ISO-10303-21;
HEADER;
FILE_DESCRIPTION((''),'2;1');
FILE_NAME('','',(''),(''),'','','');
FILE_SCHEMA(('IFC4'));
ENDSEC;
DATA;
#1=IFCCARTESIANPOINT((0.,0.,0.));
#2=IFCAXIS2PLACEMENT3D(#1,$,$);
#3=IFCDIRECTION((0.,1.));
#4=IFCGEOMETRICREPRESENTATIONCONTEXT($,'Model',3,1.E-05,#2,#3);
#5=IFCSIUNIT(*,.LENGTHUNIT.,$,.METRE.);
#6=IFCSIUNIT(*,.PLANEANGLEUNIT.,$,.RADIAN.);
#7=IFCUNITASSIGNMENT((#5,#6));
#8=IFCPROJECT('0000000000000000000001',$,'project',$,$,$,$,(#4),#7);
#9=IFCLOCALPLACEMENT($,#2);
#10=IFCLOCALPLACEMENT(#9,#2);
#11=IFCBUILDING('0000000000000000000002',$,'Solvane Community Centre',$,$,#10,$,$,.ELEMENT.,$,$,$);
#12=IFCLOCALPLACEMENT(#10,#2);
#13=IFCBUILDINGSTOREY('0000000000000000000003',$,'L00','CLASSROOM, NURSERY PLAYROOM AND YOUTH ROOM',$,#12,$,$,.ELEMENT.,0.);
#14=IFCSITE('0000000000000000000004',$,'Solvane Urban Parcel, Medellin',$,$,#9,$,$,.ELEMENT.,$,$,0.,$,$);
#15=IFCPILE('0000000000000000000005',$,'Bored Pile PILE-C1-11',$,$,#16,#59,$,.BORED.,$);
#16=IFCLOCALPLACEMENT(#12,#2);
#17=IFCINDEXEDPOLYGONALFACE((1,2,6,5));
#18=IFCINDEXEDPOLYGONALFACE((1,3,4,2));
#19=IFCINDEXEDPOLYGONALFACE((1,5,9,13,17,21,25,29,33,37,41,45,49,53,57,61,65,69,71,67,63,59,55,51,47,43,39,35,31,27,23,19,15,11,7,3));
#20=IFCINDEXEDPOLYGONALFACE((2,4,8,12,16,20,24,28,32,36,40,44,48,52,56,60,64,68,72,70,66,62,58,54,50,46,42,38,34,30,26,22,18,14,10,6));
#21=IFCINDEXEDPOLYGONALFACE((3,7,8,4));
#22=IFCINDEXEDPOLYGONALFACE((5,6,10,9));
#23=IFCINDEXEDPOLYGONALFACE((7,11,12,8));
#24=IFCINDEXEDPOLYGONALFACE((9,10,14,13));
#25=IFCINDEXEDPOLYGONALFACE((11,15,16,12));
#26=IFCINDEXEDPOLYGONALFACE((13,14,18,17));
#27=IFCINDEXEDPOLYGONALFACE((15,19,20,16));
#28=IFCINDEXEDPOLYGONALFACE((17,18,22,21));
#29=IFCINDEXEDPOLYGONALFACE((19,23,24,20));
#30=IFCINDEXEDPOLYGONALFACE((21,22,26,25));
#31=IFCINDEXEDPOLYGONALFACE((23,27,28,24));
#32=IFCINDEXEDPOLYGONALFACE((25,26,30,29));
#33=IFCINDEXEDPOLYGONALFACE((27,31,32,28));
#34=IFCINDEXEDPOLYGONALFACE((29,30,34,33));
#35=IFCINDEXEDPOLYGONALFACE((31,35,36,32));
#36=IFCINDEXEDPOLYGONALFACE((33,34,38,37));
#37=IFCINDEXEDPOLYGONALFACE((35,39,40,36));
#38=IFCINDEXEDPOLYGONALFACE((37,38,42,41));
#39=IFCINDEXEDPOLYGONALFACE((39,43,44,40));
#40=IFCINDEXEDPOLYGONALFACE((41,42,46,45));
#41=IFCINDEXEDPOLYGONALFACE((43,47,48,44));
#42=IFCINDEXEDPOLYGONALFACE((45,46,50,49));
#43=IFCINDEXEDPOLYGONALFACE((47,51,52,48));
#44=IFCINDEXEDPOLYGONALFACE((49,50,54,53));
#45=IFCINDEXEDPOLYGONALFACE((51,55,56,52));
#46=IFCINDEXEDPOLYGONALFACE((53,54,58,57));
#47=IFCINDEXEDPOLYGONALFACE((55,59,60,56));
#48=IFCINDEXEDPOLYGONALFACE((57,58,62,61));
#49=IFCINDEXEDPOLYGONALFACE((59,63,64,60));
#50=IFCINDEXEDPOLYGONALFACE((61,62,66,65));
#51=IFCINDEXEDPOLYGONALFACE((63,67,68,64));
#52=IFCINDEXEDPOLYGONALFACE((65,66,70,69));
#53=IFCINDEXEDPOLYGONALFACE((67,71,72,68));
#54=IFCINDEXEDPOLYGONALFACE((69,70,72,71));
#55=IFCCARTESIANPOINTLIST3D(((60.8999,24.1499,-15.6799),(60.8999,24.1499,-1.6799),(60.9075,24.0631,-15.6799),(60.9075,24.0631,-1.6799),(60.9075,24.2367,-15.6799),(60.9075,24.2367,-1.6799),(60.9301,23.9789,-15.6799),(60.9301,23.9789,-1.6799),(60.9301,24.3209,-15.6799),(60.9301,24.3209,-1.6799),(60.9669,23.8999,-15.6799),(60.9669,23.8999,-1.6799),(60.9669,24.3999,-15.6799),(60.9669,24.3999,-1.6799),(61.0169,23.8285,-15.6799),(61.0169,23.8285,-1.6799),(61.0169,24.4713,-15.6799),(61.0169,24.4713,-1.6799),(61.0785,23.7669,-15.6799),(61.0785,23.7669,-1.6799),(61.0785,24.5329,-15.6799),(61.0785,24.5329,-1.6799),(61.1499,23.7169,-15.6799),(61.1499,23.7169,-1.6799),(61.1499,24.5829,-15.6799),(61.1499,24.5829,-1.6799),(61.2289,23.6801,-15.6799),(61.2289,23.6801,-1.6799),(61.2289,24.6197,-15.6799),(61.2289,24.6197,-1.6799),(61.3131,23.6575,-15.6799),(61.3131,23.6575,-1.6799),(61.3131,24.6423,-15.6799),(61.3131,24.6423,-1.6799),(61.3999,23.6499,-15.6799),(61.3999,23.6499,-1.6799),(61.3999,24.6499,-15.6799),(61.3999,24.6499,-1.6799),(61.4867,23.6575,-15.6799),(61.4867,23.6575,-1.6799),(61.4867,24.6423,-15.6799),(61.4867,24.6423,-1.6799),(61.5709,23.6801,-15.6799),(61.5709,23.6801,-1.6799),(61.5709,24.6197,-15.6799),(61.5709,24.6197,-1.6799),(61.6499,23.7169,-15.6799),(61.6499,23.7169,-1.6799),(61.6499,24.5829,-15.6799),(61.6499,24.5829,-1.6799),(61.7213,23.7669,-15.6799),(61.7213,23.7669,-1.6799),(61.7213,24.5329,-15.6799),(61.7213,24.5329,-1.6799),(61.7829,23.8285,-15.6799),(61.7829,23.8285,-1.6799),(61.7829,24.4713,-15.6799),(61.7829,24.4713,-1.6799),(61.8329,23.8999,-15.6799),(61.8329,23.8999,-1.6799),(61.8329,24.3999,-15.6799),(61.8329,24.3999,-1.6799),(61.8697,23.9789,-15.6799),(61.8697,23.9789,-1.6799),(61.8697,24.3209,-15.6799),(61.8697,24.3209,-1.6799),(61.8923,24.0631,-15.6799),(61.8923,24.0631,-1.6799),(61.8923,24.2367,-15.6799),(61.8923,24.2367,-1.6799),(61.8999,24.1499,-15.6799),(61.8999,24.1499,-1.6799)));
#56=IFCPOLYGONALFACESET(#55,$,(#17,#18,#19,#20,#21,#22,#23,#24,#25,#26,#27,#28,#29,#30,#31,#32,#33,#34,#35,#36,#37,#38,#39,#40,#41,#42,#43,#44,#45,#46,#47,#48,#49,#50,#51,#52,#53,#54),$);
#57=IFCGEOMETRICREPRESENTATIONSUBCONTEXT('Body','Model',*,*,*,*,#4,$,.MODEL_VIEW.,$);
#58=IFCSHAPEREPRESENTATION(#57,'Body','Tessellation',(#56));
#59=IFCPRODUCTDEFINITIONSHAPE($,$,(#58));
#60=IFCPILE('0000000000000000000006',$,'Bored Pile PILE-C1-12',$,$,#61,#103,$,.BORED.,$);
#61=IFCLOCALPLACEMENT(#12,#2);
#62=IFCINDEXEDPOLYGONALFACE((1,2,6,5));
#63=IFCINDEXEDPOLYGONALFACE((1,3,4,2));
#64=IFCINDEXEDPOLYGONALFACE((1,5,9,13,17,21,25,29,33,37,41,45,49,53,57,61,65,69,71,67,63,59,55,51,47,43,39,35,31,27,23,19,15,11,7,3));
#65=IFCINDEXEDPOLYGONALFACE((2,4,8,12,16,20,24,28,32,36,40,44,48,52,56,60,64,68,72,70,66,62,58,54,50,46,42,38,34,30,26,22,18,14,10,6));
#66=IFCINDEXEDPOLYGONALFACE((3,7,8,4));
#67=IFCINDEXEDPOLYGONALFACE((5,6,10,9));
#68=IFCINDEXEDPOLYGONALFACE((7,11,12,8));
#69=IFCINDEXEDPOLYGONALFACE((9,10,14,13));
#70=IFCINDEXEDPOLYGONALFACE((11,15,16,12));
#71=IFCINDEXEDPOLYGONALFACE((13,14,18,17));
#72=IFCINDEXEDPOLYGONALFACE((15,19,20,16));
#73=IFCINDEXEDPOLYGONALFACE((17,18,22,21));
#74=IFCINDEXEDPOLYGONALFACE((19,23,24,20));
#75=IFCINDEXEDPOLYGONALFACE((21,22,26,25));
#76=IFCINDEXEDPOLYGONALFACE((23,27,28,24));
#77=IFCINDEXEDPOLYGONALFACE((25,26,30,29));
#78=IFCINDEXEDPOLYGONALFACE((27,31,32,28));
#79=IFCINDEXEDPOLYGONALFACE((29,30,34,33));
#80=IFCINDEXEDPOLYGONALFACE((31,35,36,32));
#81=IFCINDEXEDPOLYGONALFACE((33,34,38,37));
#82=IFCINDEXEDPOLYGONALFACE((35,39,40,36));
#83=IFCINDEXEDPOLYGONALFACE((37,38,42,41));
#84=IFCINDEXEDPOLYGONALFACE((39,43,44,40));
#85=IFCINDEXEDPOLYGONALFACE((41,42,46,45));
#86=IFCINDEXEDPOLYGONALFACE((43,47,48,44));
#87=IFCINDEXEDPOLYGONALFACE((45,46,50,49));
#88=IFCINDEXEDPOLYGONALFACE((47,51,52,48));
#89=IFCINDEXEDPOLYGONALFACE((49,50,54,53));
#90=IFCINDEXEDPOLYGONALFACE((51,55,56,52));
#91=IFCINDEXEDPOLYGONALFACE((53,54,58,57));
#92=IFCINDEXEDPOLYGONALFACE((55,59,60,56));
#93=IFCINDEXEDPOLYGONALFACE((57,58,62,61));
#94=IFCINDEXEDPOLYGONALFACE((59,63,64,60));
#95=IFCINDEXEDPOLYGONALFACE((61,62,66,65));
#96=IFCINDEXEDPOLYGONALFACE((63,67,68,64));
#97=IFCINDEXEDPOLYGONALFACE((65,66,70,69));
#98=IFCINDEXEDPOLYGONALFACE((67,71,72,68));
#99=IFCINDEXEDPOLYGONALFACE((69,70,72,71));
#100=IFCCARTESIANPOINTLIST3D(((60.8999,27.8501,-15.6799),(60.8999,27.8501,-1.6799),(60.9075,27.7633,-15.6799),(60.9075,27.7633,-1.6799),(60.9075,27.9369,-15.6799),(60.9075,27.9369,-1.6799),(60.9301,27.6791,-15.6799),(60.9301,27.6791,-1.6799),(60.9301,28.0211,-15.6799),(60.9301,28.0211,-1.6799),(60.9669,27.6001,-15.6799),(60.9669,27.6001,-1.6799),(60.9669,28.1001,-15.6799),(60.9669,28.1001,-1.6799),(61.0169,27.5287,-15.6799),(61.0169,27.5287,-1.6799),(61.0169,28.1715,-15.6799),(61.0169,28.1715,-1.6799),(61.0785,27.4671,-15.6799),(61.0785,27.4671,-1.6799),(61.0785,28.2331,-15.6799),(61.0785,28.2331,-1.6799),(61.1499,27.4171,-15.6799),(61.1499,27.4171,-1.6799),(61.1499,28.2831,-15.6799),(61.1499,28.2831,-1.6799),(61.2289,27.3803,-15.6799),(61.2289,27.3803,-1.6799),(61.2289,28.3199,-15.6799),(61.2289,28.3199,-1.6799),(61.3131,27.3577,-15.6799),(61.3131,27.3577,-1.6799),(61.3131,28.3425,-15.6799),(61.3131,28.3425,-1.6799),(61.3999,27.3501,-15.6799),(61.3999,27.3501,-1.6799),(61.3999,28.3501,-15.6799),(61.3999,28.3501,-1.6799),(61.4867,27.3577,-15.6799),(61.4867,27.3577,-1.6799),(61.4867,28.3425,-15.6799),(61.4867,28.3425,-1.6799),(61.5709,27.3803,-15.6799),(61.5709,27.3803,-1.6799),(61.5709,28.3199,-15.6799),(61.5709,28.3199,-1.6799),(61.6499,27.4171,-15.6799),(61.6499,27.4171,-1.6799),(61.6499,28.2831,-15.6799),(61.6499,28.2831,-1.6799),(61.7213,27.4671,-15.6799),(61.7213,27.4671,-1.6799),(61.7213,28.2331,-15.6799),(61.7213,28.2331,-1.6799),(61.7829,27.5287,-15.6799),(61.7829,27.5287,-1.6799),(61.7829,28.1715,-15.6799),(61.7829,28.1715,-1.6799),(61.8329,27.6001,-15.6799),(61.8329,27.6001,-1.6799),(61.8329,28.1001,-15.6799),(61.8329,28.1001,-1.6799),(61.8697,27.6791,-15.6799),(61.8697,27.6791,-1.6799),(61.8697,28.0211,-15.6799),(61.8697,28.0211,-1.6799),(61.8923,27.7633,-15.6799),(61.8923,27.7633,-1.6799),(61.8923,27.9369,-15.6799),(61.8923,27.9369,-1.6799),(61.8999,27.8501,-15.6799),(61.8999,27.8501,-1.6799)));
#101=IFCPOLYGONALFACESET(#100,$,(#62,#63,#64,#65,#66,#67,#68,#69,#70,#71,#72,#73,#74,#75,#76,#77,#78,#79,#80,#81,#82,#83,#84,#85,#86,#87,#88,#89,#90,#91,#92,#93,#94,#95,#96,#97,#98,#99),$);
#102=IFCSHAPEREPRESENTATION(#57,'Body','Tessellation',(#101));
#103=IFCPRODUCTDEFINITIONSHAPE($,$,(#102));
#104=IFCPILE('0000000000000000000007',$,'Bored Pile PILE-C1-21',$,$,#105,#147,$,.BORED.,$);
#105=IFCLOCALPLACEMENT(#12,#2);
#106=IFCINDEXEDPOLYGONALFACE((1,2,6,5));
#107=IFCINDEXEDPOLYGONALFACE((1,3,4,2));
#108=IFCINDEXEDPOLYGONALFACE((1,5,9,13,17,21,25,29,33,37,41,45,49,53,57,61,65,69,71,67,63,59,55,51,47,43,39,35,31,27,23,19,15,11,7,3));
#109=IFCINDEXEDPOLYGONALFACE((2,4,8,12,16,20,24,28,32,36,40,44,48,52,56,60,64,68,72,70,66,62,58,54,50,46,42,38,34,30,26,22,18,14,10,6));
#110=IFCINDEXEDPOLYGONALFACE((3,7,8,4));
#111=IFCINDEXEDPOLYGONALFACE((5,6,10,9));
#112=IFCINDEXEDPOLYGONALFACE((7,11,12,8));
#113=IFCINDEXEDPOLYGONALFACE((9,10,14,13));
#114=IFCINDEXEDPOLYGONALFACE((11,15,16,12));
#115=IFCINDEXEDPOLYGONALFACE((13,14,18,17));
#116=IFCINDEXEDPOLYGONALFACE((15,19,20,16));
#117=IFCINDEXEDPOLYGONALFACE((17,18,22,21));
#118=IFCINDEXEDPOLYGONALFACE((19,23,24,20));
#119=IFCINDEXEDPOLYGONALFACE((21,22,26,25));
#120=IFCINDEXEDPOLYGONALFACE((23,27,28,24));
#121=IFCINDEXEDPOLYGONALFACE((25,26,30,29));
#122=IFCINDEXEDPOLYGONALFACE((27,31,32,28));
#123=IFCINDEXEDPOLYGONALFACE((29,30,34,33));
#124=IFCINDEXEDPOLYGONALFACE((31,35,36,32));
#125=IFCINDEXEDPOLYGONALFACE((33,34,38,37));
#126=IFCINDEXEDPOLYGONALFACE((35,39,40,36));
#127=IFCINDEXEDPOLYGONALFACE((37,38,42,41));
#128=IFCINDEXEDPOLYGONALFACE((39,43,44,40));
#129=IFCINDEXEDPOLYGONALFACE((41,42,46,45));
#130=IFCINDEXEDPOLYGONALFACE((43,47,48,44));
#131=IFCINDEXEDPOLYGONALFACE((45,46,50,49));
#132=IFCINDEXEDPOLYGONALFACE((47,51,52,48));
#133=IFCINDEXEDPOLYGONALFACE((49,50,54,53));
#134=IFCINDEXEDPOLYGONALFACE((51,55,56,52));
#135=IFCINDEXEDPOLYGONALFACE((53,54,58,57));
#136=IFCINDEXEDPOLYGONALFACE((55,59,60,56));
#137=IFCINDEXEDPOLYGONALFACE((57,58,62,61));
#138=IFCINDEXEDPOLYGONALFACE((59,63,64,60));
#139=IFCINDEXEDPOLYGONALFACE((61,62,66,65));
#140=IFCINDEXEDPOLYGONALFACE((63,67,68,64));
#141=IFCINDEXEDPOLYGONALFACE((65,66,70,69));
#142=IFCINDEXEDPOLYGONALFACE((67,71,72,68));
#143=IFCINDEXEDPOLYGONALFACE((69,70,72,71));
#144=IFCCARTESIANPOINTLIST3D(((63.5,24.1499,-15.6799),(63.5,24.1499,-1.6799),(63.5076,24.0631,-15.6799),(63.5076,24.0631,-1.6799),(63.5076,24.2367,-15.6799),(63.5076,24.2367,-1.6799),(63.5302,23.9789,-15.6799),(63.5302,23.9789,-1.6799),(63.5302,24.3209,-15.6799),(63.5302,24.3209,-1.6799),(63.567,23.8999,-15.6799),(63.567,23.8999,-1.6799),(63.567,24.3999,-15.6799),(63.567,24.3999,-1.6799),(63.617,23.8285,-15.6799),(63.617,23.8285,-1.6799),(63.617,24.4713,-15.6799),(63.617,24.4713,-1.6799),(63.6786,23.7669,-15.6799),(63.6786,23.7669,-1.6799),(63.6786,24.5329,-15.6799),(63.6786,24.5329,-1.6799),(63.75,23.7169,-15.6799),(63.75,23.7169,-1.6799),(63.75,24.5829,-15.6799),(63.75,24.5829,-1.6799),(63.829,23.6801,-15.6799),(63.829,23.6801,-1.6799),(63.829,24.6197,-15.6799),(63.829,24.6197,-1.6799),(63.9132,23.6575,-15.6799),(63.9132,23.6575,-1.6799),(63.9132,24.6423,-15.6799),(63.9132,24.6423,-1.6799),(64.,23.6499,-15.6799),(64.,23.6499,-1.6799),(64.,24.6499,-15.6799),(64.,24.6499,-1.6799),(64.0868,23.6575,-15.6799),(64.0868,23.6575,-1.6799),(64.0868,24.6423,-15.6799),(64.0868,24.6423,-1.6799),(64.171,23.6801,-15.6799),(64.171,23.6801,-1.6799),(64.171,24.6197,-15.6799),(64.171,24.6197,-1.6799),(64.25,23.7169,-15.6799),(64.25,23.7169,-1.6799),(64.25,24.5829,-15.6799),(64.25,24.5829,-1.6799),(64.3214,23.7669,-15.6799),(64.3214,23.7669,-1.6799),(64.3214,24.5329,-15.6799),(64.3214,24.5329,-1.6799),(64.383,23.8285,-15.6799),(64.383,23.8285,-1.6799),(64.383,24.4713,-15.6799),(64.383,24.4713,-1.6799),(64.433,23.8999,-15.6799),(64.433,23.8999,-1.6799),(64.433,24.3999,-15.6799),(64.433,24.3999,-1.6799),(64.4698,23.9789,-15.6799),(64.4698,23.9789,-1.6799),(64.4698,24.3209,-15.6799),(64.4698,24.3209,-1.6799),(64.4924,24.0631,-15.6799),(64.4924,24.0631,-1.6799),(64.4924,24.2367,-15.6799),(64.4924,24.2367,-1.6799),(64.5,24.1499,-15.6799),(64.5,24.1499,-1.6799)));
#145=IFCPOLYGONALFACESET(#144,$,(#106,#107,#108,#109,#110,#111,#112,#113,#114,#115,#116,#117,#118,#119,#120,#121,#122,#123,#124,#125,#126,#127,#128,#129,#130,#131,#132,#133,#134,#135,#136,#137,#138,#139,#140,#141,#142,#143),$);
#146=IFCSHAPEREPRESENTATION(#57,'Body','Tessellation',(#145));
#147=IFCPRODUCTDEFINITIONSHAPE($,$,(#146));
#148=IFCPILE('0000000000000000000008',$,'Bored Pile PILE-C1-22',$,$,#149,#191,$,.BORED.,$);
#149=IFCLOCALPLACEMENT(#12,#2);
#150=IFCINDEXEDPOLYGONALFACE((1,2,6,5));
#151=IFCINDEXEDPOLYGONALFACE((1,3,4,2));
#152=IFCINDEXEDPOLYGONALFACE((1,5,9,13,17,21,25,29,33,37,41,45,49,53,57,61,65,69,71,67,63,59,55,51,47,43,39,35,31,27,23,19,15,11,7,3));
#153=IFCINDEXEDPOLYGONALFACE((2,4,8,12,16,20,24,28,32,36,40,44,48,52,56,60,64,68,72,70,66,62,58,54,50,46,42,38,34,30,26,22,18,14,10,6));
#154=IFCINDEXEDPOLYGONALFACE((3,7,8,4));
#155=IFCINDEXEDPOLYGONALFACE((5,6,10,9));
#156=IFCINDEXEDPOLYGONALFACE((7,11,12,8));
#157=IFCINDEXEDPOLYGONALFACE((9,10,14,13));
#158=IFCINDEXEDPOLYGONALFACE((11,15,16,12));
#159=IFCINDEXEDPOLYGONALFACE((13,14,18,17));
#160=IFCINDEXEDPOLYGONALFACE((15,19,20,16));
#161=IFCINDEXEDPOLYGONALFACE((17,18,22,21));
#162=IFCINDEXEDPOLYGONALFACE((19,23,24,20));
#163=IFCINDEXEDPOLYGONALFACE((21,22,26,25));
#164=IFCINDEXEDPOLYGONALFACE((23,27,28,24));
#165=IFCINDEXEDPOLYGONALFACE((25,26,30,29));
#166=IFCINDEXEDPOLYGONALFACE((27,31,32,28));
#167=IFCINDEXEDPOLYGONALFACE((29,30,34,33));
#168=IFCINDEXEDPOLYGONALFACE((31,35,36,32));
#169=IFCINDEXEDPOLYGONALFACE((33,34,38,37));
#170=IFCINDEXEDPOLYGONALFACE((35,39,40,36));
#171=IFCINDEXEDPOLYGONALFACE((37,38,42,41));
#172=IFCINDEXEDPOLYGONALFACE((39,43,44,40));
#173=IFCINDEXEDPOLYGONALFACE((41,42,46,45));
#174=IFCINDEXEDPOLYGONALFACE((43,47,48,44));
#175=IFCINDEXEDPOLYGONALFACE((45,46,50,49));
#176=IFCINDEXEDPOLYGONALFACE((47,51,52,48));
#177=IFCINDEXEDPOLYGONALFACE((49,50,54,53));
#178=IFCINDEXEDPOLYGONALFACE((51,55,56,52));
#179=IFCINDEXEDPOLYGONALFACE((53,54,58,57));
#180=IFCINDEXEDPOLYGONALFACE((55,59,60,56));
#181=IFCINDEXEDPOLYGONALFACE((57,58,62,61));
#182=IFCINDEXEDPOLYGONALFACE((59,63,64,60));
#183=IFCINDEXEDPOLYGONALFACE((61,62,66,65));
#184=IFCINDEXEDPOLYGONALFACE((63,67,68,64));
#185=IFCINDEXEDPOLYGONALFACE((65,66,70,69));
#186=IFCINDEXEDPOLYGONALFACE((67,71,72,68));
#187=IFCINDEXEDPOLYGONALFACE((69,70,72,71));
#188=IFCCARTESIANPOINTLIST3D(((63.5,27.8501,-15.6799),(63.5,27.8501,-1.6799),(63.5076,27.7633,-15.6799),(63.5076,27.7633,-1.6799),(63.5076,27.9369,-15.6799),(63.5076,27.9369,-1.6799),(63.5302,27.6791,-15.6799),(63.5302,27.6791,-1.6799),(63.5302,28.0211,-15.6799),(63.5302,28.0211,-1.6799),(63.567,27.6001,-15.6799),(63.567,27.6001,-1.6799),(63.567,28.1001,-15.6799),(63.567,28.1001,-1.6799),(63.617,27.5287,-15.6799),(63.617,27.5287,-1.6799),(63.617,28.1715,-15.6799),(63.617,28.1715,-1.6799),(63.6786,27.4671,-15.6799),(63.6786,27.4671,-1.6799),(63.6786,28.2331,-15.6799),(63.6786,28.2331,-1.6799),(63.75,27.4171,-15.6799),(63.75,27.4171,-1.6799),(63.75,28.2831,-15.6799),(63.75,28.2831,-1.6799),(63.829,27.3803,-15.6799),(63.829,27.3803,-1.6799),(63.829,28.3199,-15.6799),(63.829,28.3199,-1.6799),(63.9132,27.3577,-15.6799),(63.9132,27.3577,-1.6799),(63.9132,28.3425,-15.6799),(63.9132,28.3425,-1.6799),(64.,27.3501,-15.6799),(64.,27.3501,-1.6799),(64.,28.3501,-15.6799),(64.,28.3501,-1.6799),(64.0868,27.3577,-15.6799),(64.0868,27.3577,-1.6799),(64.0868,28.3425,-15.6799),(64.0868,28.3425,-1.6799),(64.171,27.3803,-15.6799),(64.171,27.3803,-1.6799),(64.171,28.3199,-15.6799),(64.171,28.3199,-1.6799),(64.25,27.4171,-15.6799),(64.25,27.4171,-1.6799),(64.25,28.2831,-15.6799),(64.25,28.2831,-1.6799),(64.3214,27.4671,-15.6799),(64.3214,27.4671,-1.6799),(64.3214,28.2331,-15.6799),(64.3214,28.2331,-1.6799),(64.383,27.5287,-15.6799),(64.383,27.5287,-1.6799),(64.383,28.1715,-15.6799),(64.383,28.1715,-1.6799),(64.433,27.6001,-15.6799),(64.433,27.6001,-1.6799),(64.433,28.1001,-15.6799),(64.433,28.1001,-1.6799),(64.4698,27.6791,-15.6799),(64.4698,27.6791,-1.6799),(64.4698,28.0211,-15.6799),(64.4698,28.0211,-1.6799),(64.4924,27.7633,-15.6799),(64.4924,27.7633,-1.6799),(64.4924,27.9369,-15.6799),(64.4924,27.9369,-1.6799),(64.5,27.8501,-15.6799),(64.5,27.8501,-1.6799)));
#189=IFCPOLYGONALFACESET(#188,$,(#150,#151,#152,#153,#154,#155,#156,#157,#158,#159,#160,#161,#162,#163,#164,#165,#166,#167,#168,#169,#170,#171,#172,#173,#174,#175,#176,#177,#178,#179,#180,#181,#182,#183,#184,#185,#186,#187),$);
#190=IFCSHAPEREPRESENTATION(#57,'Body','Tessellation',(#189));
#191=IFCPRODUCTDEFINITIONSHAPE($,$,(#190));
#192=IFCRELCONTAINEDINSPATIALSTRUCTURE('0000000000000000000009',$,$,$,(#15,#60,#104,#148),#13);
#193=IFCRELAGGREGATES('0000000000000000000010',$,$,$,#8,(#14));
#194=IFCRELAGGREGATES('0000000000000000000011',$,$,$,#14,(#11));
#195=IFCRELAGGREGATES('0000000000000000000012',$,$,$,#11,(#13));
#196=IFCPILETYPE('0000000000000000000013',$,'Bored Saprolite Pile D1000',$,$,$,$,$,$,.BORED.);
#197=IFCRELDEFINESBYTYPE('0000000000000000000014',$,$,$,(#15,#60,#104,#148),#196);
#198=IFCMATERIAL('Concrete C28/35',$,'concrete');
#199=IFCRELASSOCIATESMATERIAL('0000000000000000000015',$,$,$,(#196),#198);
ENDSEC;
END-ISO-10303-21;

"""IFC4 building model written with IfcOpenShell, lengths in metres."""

from ifc_helpers import new_model, si_unit, direction, frame, origin, origin_2d, place, context, subcontext, project, spatial, circle, extrude, material, material_profile, profile_set, type_object, element, save


model = new_model("IFC4")

# Units and contexts
model_context = context("Model", 3, precision=1e-05, world=origin(), true_north=direction((0.0, 1.0)))
body_context = subcontext(model_context, "Body", "Model", "MODEL_VIEW")
ifc_project = project(units=[si_unit("LENGTHUNIT", "METRE"), si_unit("PLANEANGLEUNIT", "RADIAN")], contexts=[model_context])

# Site, building, storey
site_placement = place(None, origin())
site = spatial("IfcSite", under=ifc_project, at=site_placement, Name="Solvane Urban Parcel, Medellin", CompositionType="ELEMENT", RefElevation=0.0)
building_placement = place(site_placement, origin())
building = spatial("IfcBuilding", under=site, at=building_placement, Name="Solvane Community Centre", CompositionType="ELEMENT")
storey_placement = place(building_placement, origin())
storey = spatial("IfcBuildingStorey", under=building, at=storey_placement, Name="L00", Description="CLASSROOM, NURSERY PLAYROOM AND YOUTH ROOM", CompositionType="ELEMENT", Elevation=0.0)

# Piles
ifc_material_1 = material(Name="Concrete C28/35", Category="concrete")
ifc_material_profile_1 = material_profile(ifc_material_1, circle(Radius=0.5, at=origin_2d()), Name="PILE D1000")
ifc_profile_set_1 = profile_set([ifc_material_profile_1], Name="Concrete C28/35")
pile_type_1 = type_object("IfcPileType", Name="Bored Saprolite Pile D1000", PredefinedType="BORED", material=ifc_profile_set_1)
for number, where, z_axis, x_axis, name in (
    (1, (61.3999, 24.1499, -1.6799), (0.0, 0.0, -1.0), (1.0, 0.0, 0.0), "Bored Pile PILE-C1-11"),
    (2, (61.3999, 27.8501, -1.6799), (0.0, 0.0, -1.0), (1.0, 0.0, 0.0), "Bored Pile PILE-C1-12"),
    (3, (64.0, 24.1499, -1.6799), (0.0, 0.0, -1.0), (1.0, 0.0, 0.0), "Bored Pile PILE-C1-21"),
    (4, (64.0, 27.8501, -1.6799), (0.0, 0.0, -1.0), (1.0, 0.0, 0.0), "Bored Pile PILE-C1-22"),
):
    element("IfcPile", number, at=place(storey_placement, frame(where, z_axis=z_axis, x_axis=x_axis)), inside=storey, type_object=pile_type_1, Name=name, PredefinedType="BORED", context=body_context, shape_type="SweptSolid", body=[
        extrude(circle(Radius=0.5, at=origin_2d()), origin(), (0.0, 0.0, 1.0), 14.0),
    ])

save(model, "model.ifc")
